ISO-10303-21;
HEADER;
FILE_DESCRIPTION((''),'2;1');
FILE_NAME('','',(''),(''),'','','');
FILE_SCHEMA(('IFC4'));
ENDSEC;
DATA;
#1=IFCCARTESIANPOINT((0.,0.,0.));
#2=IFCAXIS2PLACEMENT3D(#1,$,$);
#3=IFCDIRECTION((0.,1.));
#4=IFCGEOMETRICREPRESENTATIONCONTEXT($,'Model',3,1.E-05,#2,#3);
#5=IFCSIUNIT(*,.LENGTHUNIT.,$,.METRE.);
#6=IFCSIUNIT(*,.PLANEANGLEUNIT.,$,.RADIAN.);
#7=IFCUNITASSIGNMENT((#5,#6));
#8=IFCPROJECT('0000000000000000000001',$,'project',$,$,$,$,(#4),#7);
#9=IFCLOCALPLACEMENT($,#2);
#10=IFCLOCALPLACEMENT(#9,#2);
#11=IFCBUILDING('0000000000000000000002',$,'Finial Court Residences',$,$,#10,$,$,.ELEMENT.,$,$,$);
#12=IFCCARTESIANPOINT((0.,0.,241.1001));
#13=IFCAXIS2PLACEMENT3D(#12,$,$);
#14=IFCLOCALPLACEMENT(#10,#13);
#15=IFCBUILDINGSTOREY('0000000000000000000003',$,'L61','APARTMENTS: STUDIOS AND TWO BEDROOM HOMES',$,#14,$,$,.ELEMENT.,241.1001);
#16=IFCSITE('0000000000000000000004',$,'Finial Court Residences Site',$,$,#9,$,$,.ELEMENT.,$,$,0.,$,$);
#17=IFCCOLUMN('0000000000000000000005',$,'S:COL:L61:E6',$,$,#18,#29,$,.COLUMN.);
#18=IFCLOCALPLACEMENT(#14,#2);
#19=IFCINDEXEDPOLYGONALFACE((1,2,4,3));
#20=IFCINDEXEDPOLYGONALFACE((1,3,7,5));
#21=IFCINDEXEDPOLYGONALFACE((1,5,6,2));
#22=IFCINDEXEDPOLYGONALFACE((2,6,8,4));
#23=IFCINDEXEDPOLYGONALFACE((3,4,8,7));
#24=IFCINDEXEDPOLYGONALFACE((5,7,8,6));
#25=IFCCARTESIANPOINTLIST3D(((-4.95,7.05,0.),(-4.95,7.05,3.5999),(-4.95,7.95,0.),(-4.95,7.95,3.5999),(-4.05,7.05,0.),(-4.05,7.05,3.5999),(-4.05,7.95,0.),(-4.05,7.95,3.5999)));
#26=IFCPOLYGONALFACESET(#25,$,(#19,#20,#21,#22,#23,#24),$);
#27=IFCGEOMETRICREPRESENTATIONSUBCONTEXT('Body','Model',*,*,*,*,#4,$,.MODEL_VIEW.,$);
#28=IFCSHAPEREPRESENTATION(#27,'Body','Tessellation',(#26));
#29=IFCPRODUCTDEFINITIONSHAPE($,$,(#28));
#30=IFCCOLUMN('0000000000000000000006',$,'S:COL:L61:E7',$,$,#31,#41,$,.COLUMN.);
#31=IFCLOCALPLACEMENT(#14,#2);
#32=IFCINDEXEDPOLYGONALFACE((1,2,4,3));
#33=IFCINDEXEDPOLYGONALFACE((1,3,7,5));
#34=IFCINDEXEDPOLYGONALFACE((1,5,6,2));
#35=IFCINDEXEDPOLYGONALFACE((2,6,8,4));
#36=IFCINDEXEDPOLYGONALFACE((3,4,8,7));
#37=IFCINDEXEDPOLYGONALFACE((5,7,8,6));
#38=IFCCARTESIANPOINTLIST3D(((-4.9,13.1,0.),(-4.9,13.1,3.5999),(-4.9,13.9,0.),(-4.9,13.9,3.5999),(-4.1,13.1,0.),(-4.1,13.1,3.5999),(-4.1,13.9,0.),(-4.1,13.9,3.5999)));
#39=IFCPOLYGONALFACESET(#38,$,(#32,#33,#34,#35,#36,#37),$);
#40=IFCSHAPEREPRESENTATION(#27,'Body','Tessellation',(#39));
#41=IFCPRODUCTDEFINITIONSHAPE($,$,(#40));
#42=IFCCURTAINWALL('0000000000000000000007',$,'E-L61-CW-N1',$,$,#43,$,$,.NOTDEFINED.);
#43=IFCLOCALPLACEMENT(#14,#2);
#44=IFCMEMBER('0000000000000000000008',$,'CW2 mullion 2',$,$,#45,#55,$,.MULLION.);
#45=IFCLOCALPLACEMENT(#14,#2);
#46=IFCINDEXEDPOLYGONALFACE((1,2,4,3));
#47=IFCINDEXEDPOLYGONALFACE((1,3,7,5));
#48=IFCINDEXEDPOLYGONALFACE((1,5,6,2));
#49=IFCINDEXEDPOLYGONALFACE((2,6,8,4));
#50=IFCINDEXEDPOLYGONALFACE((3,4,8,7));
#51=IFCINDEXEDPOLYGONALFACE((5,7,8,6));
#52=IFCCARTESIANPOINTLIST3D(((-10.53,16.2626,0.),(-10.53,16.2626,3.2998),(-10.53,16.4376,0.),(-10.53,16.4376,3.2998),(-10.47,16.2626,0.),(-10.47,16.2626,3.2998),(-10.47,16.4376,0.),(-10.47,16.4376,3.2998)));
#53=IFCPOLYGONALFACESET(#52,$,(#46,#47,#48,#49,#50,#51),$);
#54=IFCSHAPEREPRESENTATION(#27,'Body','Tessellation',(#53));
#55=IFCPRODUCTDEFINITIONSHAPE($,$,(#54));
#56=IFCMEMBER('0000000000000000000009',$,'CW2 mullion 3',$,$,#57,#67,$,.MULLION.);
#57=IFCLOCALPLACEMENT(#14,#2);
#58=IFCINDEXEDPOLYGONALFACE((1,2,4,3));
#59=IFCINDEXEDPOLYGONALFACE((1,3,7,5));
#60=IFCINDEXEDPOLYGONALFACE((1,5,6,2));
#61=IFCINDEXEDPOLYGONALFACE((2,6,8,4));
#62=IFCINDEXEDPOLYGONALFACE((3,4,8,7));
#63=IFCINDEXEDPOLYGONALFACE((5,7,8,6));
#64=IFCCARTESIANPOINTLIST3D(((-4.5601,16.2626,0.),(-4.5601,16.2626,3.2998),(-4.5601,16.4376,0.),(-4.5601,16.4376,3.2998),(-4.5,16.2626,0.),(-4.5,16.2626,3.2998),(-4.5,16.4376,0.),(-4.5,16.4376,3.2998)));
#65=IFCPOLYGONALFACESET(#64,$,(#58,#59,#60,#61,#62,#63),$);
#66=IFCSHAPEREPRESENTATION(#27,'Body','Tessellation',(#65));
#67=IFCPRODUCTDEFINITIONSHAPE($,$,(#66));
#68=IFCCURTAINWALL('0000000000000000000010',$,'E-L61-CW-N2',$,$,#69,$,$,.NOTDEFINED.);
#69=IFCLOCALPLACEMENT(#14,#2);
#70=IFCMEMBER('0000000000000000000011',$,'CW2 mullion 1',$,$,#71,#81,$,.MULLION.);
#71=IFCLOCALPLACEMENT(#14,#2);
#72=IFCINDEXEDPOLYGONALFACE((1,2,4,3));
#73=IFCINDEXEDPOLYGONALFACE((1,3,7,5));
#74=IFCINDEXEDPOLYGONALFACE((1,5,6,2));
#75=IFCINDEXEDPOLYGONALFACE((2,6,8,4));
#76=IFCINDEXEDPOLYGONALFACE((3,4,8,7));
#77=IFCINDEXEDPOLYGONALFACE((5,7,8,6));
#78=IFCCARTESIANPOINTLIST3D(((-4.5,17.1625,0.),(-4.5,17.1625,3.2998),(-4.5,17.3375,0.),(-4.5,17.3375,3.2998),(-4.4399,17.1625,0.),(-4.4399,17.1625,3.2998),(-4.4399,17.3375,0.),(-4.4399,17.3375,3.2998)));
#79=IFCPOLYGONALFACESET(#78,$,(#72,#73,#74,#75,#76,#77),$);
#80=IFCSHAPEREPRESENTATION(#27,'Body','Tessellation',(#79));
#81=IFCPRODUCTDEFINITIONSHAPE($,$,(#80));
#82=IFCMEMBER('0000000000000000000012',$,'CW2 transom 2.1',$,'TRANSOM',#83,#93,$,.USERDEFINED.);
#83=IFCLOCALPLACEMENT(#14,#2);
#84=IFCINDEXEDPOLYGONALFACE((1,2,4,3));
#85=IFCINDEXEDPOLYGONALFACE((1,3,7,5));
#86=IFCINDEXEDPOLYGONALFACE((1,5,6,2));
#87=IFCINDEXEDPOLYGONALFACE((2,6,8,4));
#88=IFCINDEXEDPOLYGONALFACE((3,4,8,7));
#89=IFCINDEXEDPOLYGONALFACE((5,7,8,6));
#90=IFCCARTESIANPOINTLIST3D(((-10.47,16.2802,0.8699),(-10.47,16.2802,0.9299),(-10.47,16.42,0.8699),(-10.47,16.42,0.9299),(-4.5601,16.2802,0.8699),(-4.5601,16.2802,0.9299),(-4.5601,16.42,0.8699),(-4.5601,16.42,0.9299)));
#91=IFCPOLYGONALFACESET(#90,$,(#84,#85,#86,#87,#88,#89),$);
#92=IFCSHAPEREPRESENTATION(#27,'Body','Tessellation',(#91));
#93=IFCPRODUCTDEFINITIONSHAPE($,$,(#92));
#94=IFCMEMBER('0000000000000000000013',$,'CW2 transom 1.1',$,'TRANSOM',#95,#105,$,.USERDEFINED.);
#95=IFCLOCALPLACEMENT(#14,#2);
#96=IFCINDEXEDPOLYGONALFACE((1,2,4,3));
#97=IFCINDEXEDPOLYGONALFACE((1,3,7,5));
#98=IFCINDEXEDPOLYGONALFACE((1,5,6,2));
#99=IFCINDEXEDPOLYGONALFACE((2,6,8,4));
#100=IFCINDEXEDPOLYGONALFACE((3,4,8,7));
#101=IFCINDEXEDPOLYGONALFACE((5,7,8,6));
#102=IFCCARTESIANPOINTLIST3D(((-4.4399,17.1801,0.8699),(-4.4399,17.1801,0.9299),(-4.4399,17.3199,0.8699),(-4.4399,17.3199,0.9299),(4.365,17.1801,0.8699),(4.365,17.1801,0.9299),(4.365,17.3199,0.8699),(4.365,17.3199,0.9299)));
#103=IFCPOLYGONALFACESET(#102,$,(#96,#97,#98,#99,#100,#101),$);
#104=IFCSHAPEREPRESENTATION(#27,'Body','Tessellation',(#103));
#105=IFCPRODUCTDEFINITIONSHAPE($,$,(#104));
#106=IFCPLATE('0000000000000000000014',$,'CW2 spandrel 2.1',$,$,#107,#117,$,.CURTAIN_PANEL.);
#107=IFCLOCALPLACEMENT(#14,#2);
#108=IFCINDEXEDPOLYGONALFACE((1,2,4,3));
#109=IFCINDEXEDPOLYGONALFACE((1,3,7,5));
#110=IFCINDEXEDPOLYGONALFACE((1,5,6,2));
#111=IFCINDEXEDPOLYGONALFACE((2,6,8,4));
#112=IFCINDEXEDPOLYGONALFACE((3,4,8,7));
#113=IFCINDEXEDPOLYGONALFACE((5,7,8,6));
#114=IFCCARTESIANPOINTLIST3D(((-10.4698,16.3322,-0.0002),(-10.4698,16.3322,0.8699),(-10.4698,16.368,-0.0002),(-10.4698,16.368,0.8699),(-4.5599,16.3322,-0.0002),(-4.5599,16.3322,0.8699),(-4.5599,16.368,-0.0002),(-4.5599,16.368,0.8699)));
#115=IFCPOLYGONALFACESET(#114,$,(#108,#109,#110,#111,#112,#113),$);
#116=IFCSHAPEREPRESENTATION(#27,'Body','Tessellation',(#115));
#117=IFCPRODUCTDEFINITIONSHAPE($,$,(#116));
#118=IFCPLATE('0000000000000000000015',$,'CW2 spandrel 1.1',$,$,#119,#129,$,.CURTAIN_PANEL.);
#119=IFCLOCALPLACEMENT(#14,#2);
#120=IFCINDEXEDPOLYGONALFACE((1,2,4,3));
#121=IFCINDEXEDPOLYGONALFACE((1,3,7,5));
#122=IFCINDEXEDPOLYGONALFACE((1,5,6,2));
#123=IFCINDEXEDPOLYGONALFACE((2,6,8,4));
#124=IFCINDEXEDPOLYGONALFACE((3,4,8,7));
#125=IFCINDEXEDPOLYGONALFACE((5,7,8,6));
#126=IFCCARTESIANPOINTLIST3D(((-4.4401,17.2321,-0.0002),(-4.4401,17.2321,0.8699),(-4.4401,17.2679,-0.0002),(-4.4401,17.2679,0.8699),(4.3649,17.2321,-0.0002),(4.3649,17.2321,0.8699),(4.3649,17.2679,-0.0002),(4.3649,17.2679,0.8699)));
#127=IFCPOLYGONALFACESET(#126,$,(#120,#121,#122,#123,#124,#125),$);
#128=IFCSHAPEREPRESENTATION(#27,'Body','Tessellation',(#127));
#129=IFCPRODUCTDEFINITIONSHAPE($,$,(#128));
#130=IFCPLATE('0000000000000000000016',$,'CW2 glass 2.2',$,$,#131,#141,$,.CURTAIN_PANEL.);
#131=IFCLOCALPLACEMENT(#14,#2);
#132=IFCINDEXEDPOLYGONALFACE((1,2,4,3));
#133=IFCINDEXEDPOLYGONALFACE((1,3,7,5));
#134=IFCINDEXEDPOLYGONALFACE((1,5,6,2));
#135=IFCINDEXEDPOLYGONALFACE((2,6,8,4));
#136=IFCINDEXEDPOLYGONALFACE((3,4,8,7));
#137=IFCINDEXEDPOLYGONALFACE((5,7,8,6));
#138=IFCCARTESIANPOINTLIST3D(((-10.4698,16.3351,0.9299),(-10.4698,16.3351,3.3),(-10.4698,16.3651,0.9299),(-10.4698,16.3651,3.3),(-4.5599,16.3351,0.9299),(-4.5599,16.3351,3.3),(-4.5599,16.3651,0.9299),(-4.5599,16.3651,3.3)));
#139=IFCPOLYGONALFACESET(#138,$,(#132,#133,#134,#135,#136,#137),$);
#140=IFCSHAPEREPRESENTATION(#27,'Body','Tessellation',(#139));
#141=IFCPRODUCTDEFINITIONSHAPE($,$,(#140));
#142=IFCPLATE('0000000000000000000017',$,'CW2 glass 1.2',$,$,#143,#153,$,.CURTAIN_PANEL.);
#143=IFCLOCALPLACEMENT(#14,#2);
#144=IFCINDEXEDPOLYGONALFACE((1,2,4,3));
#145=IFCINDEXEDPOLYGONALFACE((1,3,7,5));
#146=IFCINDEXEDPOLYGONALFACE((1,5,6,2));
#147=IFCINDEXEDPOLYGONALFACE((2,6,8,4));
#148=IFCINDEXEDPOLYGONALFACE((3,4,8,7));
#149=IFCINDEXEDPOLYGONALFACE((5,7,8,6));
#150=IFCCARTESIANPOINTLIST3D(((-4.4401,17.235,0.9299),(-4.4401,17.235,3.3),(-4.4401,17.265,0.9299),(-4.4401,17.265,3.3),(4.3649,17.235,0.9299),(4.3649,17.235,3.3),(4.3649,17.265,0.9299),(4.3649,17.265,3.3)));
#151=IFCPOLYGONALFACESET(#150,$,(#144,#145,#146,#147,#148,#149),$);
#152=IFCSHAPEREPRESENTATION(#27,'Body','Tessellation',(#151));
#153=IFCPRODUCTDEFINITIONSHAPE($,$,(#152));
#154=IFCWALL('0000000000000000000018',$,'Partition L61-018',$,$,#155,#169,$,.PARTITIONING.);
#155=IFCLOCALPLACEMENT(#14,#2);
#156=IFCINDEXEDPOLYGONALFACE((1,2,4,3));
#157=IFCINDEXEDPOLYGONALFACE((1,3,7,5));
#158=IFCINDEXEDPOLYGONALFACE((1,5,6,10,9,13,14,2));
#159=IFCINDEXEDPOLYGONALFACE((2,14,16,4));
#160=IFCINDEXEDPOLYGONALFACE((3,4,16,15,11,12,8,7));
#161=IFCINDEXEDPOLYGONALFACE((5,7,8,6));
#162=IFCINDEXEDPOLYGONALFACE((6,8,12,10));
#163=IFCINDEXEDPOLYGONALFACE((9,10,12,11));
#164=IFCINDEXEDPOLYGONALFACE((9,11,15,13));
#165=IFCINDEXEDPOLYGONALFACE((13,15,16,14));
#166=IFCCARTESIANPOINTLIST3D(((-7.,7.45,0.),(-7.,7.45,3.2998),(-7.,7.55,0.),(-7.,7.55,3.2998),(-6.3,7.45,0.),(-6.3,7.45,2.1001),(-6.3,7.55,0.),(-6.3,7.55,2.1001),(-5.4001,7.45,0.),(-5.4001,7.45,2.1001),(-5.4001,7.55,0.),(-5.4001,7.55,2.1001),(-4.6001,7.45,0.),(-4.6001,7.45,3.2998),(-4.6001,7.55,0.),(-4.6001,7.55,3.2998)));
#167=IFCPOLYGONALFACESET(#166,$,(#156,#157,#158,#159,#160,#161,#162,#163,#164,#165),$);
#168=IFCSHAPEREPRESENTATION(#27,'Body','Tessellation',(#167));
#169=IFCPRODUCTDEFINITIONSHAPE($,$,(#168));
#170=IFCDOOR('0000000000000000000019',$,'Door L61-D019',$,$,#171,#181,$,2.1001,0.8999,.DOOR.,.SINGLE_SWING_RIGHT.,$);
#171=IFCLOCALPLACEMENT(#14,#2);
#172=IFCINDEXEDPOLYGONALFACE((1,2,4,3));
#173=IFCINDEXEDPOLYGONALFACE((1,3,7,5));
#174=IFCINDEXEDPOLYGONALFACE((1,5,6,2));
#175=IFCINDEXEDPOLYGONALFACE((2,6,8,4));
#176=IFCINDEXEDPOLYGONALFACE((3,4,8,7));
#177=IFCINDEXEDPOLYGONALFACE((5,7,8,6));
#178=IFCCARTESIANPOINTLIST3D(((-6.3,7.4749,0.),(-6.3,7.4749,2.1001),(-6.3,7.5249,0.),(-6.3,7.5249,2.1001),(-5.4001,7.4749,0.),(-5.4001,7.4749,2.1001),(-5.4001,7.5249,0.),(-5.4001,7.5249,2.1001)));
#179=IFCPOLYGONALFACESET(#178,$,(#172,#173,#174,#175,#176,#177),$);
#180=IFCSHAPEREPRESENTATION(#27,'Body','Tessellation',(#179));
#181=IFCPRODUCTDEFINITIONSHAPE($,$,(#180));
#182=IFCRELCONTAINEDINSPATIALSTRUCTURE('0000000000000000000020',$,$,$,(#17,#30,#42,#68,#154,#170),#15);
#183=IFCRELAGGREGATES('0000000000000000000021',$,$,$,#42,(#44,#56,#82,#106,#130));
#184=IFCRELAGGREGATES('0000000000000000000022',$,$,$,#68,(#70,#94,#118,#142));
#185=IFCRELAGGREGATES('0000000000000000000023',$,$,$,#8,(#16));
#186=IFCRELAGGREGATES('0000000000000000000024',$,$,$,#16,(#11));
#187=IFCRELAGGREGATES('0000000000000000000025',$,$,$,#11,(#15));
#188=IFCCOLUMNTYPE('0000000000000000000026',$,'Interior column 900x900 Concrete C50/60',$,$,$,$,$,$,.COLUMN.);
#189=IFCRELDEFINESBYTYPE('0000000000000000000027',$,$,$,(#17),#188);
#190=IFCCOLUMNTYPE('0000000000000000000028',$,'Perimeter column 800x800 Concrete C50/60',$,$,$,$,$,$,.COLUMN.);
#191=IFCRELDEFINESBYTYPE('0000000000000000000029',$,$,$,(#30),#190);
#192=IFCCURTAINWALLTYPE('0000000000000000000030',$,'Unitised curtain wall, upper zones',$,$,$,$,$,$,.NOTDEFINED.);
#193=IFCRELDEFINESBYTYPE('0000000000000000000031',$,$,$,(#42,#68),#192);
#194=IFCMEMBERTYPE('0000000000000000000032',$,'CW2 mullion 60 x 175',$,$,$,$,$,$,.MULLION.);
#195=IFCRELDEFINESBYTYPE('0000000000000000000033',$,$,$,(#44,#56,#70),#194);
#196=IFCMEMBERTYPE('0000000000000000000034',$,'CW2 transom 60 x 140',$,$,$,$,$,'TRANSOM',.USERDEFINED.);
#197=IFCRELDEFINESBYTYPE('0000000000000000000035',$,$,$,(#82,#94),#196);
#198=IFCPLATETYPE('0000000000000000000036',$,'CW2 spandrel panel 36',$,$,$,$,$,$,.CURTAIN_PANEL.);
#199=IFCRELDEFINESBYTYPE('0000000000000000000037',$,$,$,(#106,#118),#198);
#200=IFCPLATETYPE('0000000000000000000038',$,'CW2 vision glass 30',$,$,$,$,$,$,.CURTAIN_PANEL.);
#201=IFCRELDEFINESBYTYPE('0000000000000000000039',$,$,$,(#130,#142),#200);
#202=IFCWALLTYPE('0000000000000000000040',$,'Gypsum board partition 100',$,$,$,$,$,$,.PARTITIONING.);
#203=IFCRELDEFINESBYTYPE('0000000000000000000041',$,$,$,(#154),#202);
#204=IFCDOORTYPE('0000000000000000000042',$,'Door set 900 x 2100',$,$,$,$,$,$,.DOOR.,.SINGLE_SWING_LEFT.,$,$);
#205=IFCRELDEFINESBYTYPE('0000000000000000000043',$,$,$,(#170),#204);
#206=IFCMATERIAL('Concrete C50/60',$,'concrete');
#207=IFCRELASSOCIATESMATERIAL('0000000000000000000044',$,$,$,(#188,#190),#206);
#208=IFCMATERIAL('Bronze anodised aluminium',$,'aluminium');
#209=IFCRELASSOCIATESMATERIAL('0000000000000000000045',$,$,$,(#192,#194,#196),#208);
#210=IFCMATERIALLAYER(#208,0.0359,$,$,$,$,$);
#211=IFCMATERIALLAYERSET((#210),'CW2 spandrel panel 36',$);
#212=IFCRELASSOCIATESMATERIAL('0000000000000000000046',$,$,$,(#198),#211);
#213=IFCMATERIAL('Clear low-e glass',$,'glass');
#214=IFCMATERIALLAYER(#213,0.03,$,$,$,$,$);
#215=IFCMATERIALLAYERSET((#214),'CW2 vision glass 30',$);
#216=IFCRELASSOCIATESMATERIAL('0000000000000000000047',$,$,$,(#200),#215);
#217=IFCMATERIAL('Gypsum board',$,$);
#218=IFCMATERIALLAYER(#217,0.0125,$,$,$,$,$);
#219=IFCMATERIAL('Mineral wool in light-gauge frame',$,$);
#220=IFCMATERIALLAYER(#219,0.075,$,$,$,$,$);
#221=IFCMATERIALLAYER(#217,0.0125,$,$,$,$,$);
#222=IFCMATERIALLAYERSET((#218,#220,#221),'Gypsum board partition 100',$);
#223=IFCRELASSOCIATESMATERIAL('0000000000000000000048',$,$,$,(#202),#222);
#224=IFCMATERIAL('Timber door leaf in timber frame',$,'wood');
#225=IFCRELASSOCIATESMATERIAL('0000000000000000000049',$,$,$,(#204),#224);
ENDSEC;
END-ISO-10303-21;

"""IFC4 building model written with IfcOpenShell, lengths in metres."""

from ifc_helpers import new_model, si_unit, direction, frame, frame_2d, origin, origin_2d, place, context, subcontext, project, spatial, rectangle, extrude, material, layer, layer_set, material_profile, profile_set, type_object, element, fill, aggregate, save


model = new_model("IFC4")

# Units and contexts
model_context = context("Model", 3, precision=1e-05, world=origin(), true_north=direction((0.0, 1.0)))
body_context = subcontext(model_context, "Body", "Model", "MODEL_VIEW")
ifc_project = project(units=[si_unit("LENGTHUNIT", "METRE"), si_unit("PLANEANGLEUNIT", "RADIAN")], contexts=[model_context])

# Site, building, storey
site_placement = place(None, origin())
site = spatial("IfcSite", under=ifc_project, at=site_placement, Name="Finial Court Residences Site", CompositionType="ELEMENT", RefElevation=0.0)
building_placement = place(site_placement, origin())
building = spatial("IfcBuilding", under=site, at=building_placement, Name="Finial Court Residences", CompositionType="ELEMENT")
storey_placement = place(building_placement, frame((0.0, 0.0, 241.1001)))
storey = spatial("IfcBuildingStorey", under=building, at=storey_placement, Name="L61", Description="APARTMENTS: STUDIOS AND TWO BEDROOM HOMES", CompositionType="ELEMENT", Elevation=241.1001)

# Columns
ifc_material_1 = material(Name="Concrete C50/60", Category="concrete")
ifc_material_profile_1 = material_profile(ifc_material_1, rectangle(XDim=0.8999, YDim=0.8999, at=origin_2d()), Name="900x900")
ifc_profile_set_1 = profile_set([ifc_material_profile_1], Name="Concrete C50/60")
column_type_1 = type_object("IfcColumnType", Name="Interior column 900x900 Concrete C50/60", PredefinedType="COLUMN", material=ifc_profile_set_1)
column_1_placement = place(storey_placement, frame((-4.5, 7.5, 0.0), z_axis=(0.0, 0.0, 1.0), x_axis=(1.0, 0.0, 0.0)))
element("IfcColumn", 1, at=column_1_placement, inside=storey, type_object=column_type_1, Name="S:COL:L61:E6", PredefinedType="COLUMN", context=body_context, shape_type="SweptSolid", body=[
    extrude(rectangle(XDim=0.8999, YDim=0.8999, at=origin_2d()), origin(), (0.0, 0.0, 1.0), 3.5999),
])
ifc_material_profile_2 = material_profile(ifc_material_1, rectangle(XDim=0.8, YDim=0.8, at=origin_2d()), Name="800x800")
ifc_profile_set_2 = profile_set([ifc_material_profile_2], Name="Concrete C50/60")
column_type_2 = type_object("IfcColumnType", Name="Perimeter column 800x800 Concrete C50/60", PredefinedType="COLUMN", material=ifc_profile_set_2)
column_2_placement = place(storey_placement, frame((-4.5, 13.5, 0.0), z_axis=(0.0, 0.0, 1.0), x_axis=(1.0, 0.0, 0.0)))
element("IfcColumn", 2, at=column_2_placement, inside=storey, type_object=column_type_2, Name="S:COL:L61:E7", PredefinedType="COLUMN", context=body_context, shape_type="SweptSolid", body=[
    extrude(rectangle(XDim=0.8, YDim=0.8, at=origin_2d()), origin(), (0.0, 0.0, 1.0), 3.5999),
])

# Curtain wall, members
ifc_material_2 = material(Name="Bronze anodised aluminium", Category="aluminium")
curtain_wall_type = type_object("IfcCurtainWallType", Name="Unitised curtain wall, upper zones", PredefinedType="NOTDEFINED", material=ifc_material_2)
curtain_wall_1_placement = place(storey_placement, origin())
curtain_wall_1 = element("IfcCurtainWall", 3, at=curtain_wall_1_placement, inside=storey, type_object=curtain_wall_type, Name="E-L61-CW-N1", PredefinedType="NOTDEFINED")
ifc_material_profile_3 = material_profile(ifc_material_2, rectangle(XDim=0.175, YDim=0.0601, at=origin_2d()), Name="CW2 mullion 60 x 175")
ifc_profile_set_3 = profile_set([ifc_material_profile_3], Name="Bronze anodised aluminium")
member_type_1 = type_object("IfcMemberType", Name="CW2 mullion 60 x 175", PredefinedType="MULLION", material=ifc_profile_set_3)
member_1_placement = place(storey_placement, frame((-10.5, 16.3501, 0.0), z_axis=(0.0, 0.0, 1.0), x_axis=(0.0, 1.0, 0.0)))
member_1 = element("IfcMember", 4, at=member_1_placement, type_object=member_type_1, Name="CW2 mullion 2", PredefinedType="MULLION", context=body_context, shape_type="SweptSolid", body=[
    extrude(rectangle(XDim=0.175, YDim=0.0601, at=origin_2d()), origin(), (0.0, 0.0, 1.0), 3.2998),
])
member_2_placement = place(storey_placement, frame((-4.53, 16.3501, 0.0), z_axis=(0.0, 0.0, 1.0), x_axis=(0.0, 1.0, 0.0)))
member_2 = element("IfcMember", 5, at=member_2_placement, type_object=member_type_1, Name="CW2 mullion 3", PredefinedType="MULLION", context=body_context, shape_type="SweptSolid", body=[
    extrude(rectangle(XDim=0.175, YDim=0.0601, at=origin_2d()), origin(), (0.0, 0.0, 1.0), 3.2998),
])

# Curtain wall, member
curtain_wall_2_placement = place(storey_placement, origin())
curtain_wall_2 = element("IfcCurtainWall", 6, at=curtain_wall_2_placement, inside=storey, type_object=curtain_wall_type, Name="E-L61-CW-N2", PredefinedType="NOTDEFINED")
member_3_placement = place(storey_placement, frame((-4.47, 17.25, 0.0), z_axis=(0.0, 0.0, 1.0), x_axis=(0.0, 1.0, 0.0)))
member_3 = element("IfcMember", 7, at=member_3_placement, type_object=member_type_1, Name="CW2 mullion 1", PredefinedType="MULLION", context=body_context, shape_type="SweptSolid", body=[
    extrude(rectangle(XDim=0.175, YDim=0.0601, at=origin_2d()), origin(), (0.0, 0.0, 1.0), 3.2998),
])

# Members
ifc_material_profile_4 = material_profile(ifc_material_2, rectangle(XDim=0.1399, YDim=0.0601, at=origin_2d()), Name="CW2 transom 60 x 140")
ifc_profile_set_4 = profile_set([ifc_material_profile_4], Name="Bronze anodised aluminium")
member_type_2 = type_object("IfcMemberType", Name="CW2 transom 60 x 140", ElementType="TRANSOM", PredefinedType="USERDEFINED", material=ifc_profile_set_4)
member_4_placement = place(storey_placement, frame((-10.47, 16.3501, 0.8999), z_axis=(1.0, 0.0, 0.0), x_axis=(0.0, 1.0, 0.0)))
member_4 = element("IfcMember", 8, at=member_4_placement, type_object=member_type_2, Name="CW2 transom 2.1", ObjectType="TRANSOM", PredefinedType="USERDEFINED", context=body_context, shape_type="SweptSolid", body=[
    extrude(rectangle(XDim=0.1399, YDim=0.0601, at=origin_2d()), origin(), (0.0, 0.0, 1.0), 5.9099),
])
member_5_placement = place(storey_placement, frame((-4.4399, 17.25, 0.8999), z_axis=(1.0, 0.0, 0.0), x_axis=(0.0, 1.0, 0.0)))
member_5 = element("IfcMember", 9, at=member_5_placement, type_object=member_type_2, Name="CW2 transom 1.1", ObjectType="TRANSOM", PredefinedType="USERDEFINED", context=body_context, shape_type="SweptSolid", body=[
    extrude(rectangle(XDim=0.1399, YDim=0.0601, at=origin_2d()), origin(), (0.0, 0.0, 1.0), 8.8049),
])

# Plates
ifc_layer_1 = layer(ifc_material_2, 0.0359)
ifc_layer_set_1 = layer_set([ifc_layer_1], Name="CW2 spandrel panel 36")
plate_type_1 = type_object("IfcPlateType", Name="CW2 spandrel panel 36", PredefinedType="CURTAIN_PANEL", material=ifc_layer_set_1)
plate_1_placement = place(storey_placement, frame((-7.5149, 16.3501, -0.0002), z_axis=(0.0, 0.0, 1.0), x_axis=(1.0, 0.0, 0.0)))
plate_1 = element("IfcPlate", 10, at=plate_1_placement, type_object=plate_type_1, Name="CW2 spandrel 2.1", PredefinedType="CURTAIN_PANEL", context=body_context, shape_type="SweptSolid", body=[
    extrude(rectangle(XDim=5.9099, YDim=0.0359, at=origin_2d()), origin(), (0.0, 0.0, 1.0), 0.8701),
])
plate_2_placement = place(storey_placement, frame((-0.0376, 17.25, -0.0002), z_axis=(0.0, 0.0, 1.0), x_axis=(1.0, 0.0, 0.0)))
plate_2 = element("IfcPlate", 11, at=plate_2_placement, type_object=plate_type_1, Name="CW2 spandrel 1.1", PredefinedType="CURTAIN_PANEL", context=body_context, shape_type="SweptSolid", body=[
    extrude(rectangle(XDim=8.8049, YDim=0.0359, at=origin_2d()), origin(), (0.0, 0.0, 1.0), 0.8701),
])
ifc_material_3 = material(Name="Clear low-e glass", Category="glass")
ifc_layer_2 = layer(ifc_material_3, 0.03)
ifc_layer_set_2 = layer_set([ifc_layer_2], Name="CW2 vision glass 30")
plate_type_2 = type_object("IfcPlateType", Name="CW2 vision glass 30", PredefinedType="CURTAIN_PANEL", material=ifc_layer_set_2)
plate_3_placement = place(storey_placement, frame((-7.5149, 16.3501, 0.9299), z_axis=(0.0, 0.0, 1.0), x_axis=(1.0, 0.0, 0.0)))
plate_3 = element("IfcPlate", 12, at=plate_3_placement, type_object=plate_type_2, Name="CW2 glass 2.2", PredefinedType="CURTAIN_PANEL", context=body_context, shape_type="SweptSolid", body=[
    extrude(rectangle(XDim=5.9099, YDim=0.03, at=origin_2d()), origin(), (0.0, 0.0, 1.0), 2.3701),
])
aggregate(curtain_wall_1, [member_1, member_2, member_4, plate_1, plate_3])
plate_4_placement = place(storey_placement, frame((-0.0376, 17.25, 0.9299), z_axis=(0.0, 0.0, 1.0), x_axis=(1.0, 0.0, 0.0)))
plate_4 = element("IfcPlate", 13, at=plate_4_placement, type_object=plate_type_2, Name="CW2 glass 1.2", PredefinedType="CURTAIN_PANEL", context=body_context, shape_type="SweptSolid", body=[
    extrude(rectangle(XDim=8.8049, YDim=0.03, at=origin_2d()), origin(), (0.0, 0.0, 1.0), 2.3701),
])
aggregate(curtain_wall_2, [member_3, member_5, plate_2, plate_4])

# Wall, opening, door
ifc_material_4 = material(Name="Gypsum board")
ifc_layer_3 = layer(ifc_material_4, 0.0125)
ifc_material_5 = material(Name="Mineral wool in light-gauge frame")
ifc_layer_4 = layer(ifc_material_5, 0.075)
ifc_layer_5 = layer(ifc_material_4, 0.0125)
ifc_layer_set_3 = layer_set([ifc_layer_3, ifc_layer_4, ifc_layer_5], Name="Gypsum board partition 100")
wall_type_1 = type_object("IfcWallType", Name="Gypsum board partition 100", PredefinedType="PARTITIONING", material=ifc_layer_set_3)
wall_1_placement = place(storey_placement, frame((-7.0, 7.5, 0.0), z_axis=(0.0, 0.0, 1.0), x_axis=(1.0, 0.0, 0.0)))
wall_1 = element("IfcWall", 14, at=wall_1_placement, inside=storey, type_object=wall_type_1, Name="Partition L61-018", PredefinedType="PARTITIONING", context=body_context, shape_type="SweptSolid", body=[
    extrude(rectangle(XDim=2.3999, YDim=0.1001, at=frame_2d((1.2, 0.0))), origin(), (0.0, 0.0, 1.0), 3.2998),
])
opening_1_placement = place(wall_1_placement, frame((0.7, 0.0, 0.0)))
opening_1 = element("IfcOpeningElement", 15, at=opening_1_placement, cuts=wall_1, PredefinedType="OPENING", context=body_context, shape_type="SweptSolid", body=[
    extrude(rectangle(XDim=0.8999, YDim=2.1001, at=frame_2d((0.45, 1.05))), frame((0.0, 0.0601, 0.0), z_axis=(0.0, -1.0, 0.0), x_axis=(1.0, 0.0, 0.0)), (0.0, 0.0, 1.0), 0.1201),
])
ifc_material_6 = material(Name="Timber door leaf in timber frame", Category="wood")
door_type = type_object("IfcDoorType", Name="Door set 900 x 2100", OperationType="SINGLE_SWING_LEFT", PredefinedType="DOOR", material=ifc_material_6)
door_1_placement = place(opening_1_placement, origin())
door_1 = element("IfcDoor", 16, at=door_1_placement, inside=storey, type_object=door_type, Name="Door L61-D019", OperationType="SINGLE_SWING_RIGHT", OverallHeight=2.1001, OverallWidth=0.8999, PredefinedType="DOOR", context=body_context, shape_type="SweptSolid", body=[
    extrude(rectangle(XDim=0.8999, YDim=2.1001, at=frame_2d((0.45, 1.05))), frame((0.0, 0.0249, 0.0), z_axis=(0.0, -1.0, 0.0), x_axis=(1.0, 0.0, 0.0)), (0.0, 0.0, 1.0), 0.05),
])
fill(opening_1, door_1)

save(model, "model.ifc")
